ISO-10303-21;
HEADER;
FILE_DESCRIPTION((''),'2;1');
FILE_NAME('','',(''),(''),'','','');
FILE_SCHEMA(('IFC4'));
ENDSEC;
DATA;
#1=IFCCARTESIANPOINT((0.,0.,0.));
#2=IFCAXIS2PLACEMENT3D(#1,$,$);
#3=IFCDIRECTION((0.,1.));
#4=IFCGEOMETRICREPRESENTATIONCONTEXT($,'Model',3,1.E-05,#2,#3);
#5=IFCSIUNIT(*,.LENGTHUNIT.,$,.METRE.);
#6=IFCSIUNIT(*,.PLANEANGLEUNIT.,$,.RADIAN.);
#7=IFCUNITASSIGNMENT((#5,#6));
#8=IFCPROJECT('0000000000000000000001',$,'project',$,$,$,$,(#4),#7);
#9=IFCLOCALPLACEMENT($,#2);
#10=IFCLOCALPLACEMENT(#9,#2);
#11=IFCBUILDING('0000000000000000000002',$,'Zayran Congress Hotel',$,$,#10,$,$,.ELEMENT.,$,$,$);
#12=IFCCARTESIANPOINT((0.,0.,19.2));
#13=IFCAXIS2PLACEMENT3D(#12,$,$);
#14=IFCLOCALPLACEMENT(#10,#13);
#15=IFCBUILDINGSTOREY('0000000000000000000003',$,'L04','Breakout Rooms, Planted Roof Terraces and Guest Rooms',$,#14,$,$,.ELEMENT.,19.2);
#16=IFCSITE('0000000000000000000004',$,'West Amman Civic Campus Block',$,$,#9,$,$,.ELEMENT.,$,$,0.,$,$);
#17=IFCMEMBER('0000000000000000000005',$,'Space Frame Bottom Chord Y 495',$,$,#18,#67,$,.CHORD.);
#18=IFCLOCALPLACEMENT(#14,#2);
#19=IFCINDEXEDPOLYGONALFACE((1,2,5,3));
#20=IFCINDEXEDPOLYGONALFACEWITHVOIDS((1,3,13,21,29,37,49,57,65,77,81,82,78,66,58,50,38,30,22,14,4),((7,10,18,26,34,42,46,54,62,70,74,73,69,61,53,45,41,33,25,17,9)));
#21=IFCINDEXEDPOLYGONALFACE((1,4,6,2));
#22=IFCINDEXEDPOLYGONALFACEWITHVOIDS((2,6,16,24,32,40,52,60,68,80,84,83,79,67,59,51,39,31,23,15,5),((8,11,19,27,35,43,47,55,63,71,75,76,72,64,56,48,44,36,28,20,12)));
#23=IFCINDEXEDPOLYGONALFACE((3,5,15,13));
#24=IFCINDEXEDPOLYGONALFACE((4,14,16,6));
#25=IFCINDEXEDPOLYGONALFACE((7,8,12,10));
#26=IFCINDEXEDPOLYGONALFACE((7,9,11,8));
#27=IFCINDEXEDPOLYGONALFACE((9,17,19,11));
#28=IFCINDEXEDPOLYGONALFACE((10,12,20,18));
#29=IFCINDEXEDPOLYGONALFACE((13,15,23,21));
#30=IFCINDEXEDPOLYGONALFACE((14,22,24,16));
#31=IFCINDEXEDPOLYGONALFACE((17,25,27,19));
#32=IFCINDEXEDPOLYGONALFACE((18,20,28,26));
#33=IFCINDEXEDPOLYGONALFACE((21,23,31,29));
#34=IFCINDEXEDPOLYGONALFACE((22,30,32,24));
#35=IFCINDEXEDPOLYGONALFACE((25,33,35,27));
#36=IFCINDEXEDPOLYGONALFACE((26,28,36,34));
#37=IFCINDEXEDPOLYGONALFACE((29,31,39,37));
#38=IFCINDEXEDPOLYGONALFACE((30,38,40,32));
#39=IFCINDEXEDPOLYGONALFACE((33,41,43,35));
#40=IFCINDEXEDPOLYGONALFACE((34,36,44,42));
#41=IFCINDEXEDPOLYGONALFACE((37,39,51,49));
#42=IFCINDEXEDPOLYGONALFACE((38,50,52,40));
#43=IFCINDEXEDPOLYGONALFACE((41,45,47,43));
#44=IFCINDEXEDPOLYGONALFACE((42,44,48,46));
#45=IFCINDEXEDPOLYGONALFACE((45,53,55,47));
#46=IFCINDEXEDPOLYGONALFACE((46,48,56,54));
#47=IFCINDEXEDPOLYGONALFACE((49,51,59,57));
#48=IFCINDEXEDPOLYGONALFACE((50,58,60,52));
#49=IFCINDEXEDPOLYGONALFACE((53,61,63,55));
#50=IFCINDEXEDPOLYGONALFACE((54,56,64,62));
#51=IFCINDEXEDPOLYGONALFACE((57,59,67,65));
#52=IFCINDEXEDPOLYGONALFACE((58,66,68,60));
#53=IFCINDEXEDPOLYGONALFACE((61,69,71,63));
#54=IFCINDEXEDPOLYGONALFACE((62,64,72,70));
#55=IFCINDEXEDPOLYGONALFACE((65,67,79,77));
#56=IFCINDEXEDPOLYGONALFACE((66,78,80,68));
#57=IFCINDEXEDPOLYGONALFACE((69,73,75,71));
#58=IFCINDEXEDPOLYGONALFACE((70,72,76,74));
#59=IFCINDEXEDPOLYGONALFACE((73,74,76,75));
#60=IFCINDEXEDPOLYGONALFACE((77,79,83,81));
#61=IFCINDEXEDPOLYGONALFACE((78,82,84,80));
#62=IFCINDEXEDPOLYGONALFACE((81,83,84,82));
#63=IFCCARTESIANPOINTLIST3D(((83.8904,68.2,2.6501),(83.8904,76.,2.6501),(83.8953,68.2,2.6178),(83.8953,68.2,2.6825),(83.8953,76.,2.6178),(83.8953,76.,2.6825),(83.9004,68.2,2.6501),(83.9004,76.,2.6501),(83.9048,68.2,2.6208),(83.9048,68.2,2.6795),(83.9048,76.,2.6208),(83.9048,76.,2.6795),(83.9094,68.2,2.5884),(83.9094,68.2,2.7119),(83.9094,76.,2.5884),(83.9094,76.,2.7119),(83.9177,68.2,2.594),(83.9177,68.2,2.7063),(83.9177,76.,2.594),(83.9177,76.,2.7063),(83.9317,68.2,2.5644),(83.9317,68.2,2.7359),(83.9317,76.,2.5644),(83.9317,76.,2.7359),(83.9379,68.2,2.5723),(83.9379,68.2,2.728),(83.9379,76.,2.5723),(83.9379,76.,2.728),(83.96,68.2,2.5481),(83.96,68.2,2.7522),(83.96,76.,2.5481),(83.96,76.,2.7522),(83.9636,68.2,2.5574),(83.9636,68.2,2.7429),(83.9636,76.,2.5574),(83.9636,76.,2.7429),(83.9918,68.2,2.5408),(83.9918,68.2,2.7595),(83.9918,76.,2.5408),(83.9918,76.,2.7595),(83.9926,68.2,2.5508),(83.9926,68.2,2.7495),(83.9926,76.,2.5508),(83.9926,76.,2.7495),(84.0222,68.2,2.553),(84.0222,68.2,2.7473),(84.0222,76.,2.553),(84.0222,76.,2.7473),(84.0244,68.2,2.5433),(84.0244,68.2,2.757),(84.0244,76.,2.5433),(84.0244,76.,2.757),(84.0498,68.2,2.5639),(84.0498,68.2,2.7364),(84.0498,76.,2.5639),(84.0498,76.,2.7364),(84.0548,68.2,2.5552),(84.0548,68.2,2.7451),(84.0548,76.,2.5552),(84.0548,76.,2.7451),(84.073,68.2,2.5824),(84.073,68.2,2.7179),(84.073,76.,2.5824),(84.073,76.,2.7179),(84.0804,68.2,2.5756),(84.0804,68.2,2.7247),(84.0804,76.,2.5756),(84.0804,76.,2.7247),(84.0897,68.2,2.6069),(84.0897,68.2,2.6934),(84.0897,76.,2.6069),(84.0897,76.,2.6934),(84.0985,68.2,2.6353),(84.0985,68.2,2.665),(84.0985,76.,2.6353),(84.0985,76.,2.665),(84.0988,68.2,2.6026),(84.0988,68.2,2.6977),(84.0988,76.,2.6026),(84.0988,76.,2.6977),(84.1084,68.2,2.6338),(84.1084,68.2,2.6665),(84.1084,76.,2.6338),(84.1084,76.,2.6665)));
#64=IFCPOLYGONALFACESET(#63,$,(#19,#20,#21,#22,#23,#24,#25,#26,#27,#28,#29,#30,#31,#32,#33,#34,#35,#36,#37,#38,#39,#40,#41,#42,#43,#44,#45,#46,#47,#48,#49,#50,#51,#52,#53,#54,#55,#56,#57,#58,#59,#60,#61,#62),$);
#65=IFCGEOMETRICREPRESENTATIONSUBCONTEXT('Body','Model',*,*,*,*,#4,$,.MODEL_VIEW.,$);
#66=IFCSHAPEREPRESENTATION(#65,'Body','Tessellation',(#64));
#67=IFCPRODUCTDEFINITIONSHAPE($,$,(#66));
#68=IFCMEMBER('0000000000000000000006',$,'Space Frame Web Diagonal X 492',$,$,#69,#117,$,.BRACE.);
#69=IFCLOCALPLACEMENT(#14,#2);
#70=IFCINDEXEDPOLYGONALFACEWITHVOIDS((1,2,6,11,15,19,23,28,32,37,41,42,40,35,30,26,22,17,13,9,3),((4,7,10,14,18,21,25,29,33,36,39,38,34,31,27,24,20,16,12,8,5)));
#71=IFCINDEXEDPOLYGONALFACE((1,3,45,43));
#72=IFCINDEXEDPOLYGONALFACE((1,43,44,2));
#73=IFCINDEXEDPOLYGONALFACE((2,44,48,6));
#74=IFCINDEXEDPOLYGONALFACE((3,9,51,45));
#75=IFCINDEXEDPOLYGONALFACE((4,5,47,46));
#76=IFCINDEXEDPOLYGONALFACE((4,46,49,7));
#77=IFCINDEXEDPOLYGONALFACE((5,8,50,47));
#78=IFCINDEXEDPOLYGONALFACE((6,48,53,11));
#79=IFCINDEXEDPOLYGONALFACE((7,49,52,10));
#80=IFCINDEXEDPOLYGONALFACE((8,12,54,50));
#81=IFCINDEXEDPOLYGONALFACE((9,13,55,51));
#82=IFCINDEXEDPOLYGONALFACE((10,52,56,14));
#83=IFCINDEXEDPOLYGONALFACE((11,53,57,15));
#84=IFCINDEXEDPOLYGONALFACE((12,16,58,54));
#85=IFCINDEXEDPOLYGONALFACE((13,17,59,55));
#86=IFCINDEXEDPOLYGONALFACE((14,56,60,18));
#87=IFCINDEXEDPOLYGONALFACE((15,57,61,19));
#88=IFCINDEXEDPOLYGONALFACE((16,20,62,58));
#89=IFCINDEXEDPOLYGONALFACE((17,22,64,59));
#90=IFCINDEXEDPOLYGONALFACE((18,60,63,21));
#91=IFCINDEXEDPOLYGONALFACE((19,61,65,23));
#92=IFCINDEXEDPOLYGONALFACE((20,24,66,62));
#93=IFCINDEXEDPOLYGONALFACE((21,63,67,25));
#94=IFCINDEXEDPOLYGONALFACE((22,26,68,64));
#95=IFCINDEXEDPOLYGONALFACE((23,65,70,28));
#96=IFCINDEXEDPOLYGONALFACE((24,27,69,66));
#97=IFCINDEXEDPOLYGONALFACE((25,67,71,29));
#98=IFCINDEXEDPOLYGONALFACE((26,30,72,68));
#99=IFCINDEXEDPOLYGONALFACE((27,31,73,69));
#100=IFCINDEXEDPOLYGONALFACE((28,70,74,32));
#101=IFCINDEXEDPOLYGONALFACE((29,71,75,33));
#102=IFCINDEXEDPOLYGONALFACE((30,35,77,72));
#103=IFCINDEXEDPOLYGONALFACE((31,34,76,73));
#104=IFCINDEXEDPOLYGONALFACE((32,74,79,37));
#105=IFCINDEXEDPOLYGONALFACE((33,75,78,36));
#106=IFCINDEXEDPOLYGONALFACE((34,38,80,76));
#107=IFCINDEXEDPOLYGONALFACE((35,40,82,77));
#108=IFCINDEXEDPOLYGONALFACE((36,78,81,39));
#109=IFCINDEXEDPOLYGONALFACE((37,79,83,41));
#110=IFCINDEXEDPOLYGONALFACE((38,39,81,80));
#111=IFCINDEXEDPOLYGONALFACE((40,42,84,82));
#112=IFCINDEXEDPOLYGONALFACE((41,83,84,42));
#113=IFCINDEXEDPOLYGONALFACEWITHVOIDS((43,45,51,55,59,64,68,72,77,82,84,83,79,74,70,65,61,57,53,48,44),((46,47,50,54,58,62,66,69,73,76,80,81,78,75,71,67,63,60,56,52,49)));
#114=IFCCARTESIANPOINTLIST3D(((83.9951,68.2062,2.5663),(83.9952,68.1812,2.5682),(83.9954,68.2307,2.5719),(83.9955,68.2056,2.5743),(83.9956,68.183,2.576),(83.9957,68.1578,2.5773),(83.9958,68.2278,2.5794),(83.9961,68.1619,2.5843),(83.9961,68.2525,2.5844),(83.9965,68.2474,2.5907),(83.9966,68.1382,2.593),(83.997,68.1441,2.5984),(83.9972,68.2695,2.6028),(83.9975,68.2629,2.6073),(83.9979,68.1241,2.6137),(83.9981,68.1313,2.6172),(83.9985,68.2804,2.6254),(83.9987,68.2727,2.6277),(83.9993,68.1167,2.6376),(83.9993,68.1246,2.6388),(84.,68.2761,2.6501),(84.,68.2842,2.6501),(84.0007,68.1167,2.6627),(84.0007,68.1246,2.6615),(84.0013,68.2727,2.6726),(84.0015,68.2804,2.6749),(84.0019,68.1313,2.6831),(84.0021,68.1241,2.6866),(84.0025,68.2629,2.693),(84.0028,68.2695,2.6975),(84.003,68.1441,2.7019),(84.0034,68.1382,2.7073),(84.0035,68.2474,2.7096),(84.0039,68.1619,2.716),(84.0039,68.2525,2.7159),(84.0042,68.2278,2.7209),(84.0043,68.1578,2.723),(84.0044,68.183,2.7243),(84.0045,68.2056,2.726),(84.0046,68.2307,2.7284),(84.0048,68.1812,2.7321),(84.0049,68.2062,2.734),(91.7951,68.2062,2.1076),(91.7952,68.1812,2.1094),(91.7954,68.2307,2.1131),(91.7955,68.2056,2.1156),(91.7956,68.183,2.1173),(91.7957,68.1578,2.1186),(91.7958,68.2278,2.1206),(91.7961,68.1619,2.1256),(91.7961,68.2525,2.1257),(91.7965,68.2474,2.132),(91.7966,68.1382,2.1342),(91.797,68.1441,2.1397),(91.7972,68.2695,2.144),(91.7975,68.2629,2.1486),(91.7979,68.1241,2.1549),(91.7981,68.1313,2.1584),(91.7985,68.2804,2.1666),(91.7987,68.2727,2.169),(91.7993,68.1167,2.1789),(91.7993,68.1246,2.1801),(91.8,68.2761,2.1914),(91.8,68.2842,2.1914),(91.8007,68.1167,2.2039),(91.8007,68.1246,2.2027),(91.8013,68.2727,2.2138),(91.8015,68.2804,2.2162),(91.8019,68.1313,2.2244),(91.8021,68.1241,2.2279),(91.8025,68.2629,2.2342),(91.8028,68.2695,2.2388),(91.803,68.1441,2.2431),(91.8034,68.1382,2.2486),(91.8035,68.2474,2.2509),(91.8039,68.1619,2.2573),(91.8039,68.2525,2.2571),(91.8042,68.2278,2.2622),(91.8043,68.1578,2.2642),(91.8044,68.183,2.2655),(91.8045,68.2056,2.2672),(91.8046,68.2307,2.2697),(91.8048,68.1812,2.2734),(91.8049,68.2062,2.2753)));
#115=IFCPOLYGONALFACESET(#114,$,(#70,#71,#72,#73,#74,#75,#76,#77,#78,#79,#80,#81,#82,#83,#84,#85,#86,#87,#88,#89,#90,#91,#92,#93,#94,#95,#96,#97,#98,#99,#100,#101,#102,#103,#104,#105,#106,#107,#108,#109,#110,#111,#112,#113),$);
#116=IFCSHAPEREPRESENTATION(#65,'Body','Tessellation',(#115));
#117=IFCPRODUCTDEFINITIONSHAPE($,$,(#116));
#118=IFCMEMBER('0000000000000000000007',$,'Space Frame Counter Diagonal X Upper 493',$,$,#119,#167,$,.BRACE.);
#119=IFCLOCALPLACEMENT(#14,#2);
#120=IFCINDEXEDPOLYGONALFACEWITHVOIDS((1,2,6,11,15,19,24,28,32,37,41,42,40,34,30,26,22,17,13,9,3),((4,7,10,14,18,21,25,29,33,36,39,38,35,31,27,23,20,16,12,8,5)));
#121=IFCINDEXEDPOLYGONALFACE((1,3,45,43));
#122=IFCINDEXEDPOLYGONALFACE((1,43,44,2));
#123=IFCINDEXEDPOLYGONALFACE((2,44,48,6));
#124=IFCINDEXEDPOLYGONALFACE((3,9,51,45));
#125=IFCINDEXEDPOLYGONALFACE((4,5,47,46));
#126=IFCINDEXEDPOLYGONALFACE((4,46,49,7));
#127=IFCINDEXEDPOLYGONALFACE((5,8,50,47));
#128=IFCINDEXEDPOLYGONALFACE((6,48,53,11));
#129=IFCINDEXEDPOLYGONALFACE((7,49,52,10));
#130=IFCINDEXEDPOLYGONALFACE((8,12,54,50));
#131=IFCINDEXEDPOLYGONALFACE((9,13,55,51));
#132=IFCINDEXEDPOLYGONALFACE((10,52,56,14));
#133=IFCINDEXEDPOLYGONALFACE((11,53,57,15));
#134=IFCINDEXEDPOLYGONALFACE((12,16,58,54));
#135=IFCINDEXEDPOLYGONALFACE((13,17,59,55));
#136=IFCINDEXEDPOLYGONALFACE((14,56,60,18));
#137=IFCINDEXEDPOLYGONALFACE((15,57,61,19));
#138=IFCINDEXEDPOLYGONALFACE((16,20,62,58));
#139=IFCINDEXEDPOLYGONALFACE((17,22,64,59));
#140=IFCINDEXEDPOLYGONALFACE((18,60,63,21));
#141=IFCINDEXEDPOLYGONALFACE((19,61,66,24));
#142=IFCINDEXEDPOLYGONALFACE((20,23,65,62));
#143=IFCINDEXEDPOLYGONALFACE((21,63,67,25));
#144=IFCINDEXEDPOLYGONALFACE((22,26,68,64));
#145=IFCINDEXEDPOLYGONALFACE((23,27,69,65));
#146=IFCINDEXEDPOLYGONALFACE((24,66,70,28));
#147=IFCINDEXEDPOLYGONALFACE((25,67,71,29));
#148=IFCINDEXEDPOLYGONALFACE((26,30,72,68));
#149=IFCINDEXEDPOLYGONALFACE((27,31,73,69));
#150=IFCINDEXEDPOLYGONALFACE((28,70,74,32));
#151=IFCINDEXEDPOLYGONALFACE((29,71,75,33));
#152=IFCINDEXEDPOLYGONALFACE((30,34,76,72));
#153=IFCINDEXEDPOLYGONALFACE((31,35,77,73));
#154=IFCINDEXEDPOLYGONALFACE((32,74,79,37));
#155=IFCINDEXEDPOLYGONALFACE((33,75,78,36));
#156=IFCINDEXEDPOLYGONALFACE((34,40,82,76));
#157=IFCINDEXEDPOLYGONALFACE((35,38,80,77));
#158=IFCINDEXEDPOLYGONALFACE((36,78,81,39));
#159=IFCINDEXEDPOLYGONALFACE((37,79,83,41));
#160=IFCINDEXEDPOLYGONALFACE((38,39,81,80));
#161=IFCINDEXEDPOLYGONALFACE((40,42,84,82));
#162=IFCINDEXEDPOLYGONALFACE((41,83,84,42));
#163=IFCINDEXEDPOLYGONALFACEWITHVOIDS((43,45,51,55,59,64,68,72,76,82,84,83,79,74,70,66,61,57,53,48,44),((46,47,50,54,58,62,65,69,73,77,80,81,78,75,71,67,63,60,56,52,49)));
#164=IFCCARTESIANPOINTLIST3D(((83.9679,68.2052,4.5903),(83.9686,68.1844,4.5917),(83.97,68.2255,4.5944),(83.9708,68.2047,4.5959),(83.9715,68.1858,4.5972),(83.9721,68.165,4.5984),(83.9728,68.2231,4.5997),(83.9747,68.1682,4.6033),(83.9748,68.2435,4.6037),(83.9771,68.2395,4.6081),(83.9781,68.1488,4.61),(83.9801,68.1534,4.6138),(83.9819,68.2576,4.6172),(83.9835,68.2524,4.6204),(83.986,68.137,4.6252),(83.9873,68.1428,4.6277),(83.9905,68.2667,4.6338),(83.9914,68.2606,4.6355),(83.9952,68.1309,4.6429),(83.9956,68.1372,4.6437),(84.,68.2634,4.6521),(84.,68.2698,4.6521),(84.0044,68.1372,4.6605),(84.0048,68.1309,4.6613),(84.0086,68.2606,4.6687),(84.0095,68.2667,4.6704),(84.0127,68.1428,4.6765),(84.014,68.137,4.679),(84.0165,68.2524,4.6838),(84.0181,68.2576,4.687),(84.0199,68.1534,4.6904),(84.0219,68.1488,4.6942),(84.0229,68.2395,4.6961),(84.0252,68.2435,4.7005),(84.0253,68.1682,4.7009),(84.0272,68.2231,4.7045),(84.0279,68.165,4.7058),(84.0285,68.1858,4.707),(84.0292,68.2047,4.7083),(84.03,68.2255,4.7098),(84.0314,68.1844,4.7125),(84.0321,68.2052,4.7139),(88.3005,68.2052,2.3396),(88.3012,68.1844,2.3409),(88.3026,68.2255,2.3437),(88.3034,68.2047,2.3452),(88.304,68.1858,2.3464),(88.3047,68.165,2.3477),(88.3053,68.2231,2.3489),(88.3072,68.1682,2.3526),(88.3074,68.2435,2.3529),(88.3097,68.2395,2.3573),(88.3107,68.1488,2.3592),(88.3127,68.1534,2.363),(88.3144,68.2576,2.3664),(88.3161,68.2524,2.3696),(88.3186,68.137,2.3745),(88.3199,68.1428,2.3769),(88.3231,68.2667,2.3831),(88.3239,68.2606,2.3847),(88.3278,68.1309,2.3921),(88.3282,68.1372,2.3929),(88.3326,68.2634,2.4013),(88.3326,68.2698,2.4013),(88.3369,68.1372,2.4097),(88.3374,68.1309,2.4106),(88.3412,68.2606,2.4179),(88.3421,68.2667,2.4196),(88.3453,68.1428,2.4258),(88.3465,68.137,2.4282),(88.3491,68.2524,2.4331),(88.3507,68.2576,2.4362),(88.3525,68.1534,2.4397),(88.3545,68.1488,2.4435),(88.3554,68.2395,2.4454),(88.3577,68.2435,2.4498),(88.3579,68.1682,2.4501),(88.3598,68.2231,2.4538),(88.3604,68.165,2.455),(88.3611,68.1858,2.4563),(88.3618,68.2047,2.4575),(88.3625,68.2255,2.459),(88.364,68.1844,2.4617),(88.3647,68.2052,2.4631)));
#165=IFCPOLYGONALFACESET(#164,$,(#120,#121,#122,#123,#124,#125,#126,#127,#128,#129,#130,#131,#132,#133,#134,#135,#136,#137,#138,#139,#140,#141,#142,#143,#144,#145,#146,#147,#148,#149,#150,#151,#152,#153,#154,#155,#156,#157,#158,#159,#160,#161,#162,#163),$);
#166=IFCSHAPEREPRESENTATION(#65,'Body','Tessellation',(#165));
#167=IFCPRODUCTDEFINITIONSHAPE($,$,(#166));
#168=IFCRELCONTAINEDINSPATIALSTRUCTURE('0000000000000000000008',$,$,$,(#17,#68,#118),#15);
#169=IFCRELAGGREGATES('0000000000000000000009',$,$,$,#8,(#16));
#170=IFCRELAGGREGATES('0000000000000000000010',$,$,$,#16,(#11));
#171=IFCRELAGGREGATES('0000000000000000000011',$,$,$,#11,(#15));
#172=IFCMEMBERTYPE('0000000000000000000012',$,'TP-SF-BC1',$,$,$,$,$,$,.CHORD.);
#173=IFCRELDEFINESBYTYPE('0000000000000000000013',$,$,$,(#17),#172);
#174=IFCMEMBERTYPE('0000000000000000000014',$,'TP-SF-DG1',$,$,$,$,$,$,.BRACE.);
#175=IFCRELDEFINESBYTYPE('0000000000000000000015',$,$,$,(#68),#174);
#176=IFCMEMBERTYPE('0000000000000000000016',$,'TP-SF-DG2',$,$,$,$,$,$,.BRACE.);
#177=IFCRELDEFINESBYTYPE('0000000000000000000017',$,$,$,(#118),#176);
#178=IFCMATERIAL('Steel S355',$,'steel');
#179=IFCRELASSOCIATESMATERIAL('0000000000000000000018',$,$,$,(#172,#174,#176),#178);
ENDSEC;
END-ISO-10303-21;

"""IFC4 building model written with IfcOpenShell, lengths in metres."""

from ifc_helpers import new_model, si_unit, direction, frame, origin, origin_2d, place, context, subcontext, project, spatial, hollow_circle, extrude, material, material_profile, profile_set, type_object, element, save


model = new_model("IFC4")

# Units and contexts
model_context = context("Model", 3, precision=1e-05, world=origin(), true_north=direction((0.0, 1.0)))
body_context = subcontext(model_context, "Body", "Model", "MODEL_VIEW")
ifc_project = project(units=[si_unit("LENGTHUNIT", "METRE"), si_unit("PLANEANGLEUNIT", "RADIAN")], contexts=[model_context])

# Site, building, storey
site_placement = place(None, origin())
site = spatial("IfcSite", under=ifc_project, at=site_placement, Name="West Amman Civic Campus Block", CompositionType="ELEMENT", RefElevation=0.0)
building_placement = place(site_placement, origin())
building = spatial("IfcBuilding", under=site, at=building_placement, Name="Zayran Congress Hotel", CompositionType="ELEMENT")
storey_placement = place(building_placement, frame((0.0, 0.0, 19.2)))
storey = spatial("IfcBuildingStorey", under=building, at=storey_placement, Name="L04", Description="Breakout Rooms, Planted Roof Terraces and Guest Rooms", CompositionType="ELEMENT", Elevation=19.2)

# Members
ifc_material_1 = material(Name="Steel S355", Category="steel")
ifc_material_profile_1 = material_profile(ifc_material_1, hollow_circle(Radius=0.1096, WallThickness=0.01, at=origin_2d()), Name="CHS 219.1x10")
ifc_profile_set_1 = profile_set([ifc_material_profile_1], Name="Steel S355")
member_type_1 = type_object("IfcMemberType", Name="TP-SF-BC1", PredefinedType="CHORD", material=ifc_profile_set_1)
member_1_placement = place(storey_placement, frame((84.0, 68.2, 2.6501), z_axis=(0.0, 1.0, 0.0), x_axis=(-1.0, 0.0, 0.0)))
element("IfcMember", 1, at=member_1_placement, inside=storey, type_object=member_type_1, Name="Space Frame Bottom Chord Y 495", PredefinedType="CHORD", context=body_context, shape_type="SweptSolid", body=[
    extrude(hollow_circle(Radius=0.1096, WallThickness=0.01, at=origin_2d()), origin(), (0.0, 0.0, 1.0), 7.8),
])
ifc_material_profile_2 = material_profile(ifc_material_1, hollow_circle(Radius=0.0842, WallThickness=0.0081, at=origin_2d()), Name="CHS 168.3x8")
ifc_profile_set_2 = profile_set([ifc_material_profile_2], Name="Steel S355")
member_type_2 = type_object("IfcMemberType", Name="TP-SF-DG1", PredefinedType="BRACE", material=ifc_profile_set_2)
member_2_placement = place(storey_placement, frame((84.0, 68.2, 2.6501), z_axis=(0.998275, 0.0, -0.058711), x_axis=(0.0, 1.0, 0.0)))
element("IfcMember", 2, at=member_2_placement, inside=storey, type_object=member_type_2, Name="Space Frame Web Diagonal X 492", PredefinedType="BRACE", context=body_context, shape_type="SweptSolid", body=[
    extrude(hollow_circle(Radius=0.0842, WallThickness=0.0081, at=origin_2d()), origin(), (0.0, 0.0, 1.0), 7.8135),
])
ifc_material_profile_3 = material_profile(ifc_material_1, hollow_circle(Radius=0.0698, WallThickness=0.0063, at=origin_2d()), Name="CHS 139.7x6.3")
ifc_profile_set_3 = profile_set([ifc_material_profile_3], Name="Steel S355")
member_type_3 = type_object("IfcMemberType", Name="TP-SF-DG2", PredefinedType="BRACE", material=ifc_profile_set_3)
member_3_placement = place(storey_placement, frame((84.0, 68.2, 4.6521), z_axis=(0.887399, 0.0, -0.461002), x_axis=(0.0, 1.0, 0.0)))
element("IfcMember", 3, at=member_3_placement, inside=storey, type_object=member_type_3, Name="Space Frame Counter Diagonal X Upper 493", PredefinedType="BRACE", context=body_context, shape_type="SweptSolid", body=[
    extrude(hollow_circle(Radius=0.0698, WallThickness=0.0063, at=origin_2d()), origin(), (0.0, 0.0, 1.0), 4.8823),
])

save(model, "model.ifc")
